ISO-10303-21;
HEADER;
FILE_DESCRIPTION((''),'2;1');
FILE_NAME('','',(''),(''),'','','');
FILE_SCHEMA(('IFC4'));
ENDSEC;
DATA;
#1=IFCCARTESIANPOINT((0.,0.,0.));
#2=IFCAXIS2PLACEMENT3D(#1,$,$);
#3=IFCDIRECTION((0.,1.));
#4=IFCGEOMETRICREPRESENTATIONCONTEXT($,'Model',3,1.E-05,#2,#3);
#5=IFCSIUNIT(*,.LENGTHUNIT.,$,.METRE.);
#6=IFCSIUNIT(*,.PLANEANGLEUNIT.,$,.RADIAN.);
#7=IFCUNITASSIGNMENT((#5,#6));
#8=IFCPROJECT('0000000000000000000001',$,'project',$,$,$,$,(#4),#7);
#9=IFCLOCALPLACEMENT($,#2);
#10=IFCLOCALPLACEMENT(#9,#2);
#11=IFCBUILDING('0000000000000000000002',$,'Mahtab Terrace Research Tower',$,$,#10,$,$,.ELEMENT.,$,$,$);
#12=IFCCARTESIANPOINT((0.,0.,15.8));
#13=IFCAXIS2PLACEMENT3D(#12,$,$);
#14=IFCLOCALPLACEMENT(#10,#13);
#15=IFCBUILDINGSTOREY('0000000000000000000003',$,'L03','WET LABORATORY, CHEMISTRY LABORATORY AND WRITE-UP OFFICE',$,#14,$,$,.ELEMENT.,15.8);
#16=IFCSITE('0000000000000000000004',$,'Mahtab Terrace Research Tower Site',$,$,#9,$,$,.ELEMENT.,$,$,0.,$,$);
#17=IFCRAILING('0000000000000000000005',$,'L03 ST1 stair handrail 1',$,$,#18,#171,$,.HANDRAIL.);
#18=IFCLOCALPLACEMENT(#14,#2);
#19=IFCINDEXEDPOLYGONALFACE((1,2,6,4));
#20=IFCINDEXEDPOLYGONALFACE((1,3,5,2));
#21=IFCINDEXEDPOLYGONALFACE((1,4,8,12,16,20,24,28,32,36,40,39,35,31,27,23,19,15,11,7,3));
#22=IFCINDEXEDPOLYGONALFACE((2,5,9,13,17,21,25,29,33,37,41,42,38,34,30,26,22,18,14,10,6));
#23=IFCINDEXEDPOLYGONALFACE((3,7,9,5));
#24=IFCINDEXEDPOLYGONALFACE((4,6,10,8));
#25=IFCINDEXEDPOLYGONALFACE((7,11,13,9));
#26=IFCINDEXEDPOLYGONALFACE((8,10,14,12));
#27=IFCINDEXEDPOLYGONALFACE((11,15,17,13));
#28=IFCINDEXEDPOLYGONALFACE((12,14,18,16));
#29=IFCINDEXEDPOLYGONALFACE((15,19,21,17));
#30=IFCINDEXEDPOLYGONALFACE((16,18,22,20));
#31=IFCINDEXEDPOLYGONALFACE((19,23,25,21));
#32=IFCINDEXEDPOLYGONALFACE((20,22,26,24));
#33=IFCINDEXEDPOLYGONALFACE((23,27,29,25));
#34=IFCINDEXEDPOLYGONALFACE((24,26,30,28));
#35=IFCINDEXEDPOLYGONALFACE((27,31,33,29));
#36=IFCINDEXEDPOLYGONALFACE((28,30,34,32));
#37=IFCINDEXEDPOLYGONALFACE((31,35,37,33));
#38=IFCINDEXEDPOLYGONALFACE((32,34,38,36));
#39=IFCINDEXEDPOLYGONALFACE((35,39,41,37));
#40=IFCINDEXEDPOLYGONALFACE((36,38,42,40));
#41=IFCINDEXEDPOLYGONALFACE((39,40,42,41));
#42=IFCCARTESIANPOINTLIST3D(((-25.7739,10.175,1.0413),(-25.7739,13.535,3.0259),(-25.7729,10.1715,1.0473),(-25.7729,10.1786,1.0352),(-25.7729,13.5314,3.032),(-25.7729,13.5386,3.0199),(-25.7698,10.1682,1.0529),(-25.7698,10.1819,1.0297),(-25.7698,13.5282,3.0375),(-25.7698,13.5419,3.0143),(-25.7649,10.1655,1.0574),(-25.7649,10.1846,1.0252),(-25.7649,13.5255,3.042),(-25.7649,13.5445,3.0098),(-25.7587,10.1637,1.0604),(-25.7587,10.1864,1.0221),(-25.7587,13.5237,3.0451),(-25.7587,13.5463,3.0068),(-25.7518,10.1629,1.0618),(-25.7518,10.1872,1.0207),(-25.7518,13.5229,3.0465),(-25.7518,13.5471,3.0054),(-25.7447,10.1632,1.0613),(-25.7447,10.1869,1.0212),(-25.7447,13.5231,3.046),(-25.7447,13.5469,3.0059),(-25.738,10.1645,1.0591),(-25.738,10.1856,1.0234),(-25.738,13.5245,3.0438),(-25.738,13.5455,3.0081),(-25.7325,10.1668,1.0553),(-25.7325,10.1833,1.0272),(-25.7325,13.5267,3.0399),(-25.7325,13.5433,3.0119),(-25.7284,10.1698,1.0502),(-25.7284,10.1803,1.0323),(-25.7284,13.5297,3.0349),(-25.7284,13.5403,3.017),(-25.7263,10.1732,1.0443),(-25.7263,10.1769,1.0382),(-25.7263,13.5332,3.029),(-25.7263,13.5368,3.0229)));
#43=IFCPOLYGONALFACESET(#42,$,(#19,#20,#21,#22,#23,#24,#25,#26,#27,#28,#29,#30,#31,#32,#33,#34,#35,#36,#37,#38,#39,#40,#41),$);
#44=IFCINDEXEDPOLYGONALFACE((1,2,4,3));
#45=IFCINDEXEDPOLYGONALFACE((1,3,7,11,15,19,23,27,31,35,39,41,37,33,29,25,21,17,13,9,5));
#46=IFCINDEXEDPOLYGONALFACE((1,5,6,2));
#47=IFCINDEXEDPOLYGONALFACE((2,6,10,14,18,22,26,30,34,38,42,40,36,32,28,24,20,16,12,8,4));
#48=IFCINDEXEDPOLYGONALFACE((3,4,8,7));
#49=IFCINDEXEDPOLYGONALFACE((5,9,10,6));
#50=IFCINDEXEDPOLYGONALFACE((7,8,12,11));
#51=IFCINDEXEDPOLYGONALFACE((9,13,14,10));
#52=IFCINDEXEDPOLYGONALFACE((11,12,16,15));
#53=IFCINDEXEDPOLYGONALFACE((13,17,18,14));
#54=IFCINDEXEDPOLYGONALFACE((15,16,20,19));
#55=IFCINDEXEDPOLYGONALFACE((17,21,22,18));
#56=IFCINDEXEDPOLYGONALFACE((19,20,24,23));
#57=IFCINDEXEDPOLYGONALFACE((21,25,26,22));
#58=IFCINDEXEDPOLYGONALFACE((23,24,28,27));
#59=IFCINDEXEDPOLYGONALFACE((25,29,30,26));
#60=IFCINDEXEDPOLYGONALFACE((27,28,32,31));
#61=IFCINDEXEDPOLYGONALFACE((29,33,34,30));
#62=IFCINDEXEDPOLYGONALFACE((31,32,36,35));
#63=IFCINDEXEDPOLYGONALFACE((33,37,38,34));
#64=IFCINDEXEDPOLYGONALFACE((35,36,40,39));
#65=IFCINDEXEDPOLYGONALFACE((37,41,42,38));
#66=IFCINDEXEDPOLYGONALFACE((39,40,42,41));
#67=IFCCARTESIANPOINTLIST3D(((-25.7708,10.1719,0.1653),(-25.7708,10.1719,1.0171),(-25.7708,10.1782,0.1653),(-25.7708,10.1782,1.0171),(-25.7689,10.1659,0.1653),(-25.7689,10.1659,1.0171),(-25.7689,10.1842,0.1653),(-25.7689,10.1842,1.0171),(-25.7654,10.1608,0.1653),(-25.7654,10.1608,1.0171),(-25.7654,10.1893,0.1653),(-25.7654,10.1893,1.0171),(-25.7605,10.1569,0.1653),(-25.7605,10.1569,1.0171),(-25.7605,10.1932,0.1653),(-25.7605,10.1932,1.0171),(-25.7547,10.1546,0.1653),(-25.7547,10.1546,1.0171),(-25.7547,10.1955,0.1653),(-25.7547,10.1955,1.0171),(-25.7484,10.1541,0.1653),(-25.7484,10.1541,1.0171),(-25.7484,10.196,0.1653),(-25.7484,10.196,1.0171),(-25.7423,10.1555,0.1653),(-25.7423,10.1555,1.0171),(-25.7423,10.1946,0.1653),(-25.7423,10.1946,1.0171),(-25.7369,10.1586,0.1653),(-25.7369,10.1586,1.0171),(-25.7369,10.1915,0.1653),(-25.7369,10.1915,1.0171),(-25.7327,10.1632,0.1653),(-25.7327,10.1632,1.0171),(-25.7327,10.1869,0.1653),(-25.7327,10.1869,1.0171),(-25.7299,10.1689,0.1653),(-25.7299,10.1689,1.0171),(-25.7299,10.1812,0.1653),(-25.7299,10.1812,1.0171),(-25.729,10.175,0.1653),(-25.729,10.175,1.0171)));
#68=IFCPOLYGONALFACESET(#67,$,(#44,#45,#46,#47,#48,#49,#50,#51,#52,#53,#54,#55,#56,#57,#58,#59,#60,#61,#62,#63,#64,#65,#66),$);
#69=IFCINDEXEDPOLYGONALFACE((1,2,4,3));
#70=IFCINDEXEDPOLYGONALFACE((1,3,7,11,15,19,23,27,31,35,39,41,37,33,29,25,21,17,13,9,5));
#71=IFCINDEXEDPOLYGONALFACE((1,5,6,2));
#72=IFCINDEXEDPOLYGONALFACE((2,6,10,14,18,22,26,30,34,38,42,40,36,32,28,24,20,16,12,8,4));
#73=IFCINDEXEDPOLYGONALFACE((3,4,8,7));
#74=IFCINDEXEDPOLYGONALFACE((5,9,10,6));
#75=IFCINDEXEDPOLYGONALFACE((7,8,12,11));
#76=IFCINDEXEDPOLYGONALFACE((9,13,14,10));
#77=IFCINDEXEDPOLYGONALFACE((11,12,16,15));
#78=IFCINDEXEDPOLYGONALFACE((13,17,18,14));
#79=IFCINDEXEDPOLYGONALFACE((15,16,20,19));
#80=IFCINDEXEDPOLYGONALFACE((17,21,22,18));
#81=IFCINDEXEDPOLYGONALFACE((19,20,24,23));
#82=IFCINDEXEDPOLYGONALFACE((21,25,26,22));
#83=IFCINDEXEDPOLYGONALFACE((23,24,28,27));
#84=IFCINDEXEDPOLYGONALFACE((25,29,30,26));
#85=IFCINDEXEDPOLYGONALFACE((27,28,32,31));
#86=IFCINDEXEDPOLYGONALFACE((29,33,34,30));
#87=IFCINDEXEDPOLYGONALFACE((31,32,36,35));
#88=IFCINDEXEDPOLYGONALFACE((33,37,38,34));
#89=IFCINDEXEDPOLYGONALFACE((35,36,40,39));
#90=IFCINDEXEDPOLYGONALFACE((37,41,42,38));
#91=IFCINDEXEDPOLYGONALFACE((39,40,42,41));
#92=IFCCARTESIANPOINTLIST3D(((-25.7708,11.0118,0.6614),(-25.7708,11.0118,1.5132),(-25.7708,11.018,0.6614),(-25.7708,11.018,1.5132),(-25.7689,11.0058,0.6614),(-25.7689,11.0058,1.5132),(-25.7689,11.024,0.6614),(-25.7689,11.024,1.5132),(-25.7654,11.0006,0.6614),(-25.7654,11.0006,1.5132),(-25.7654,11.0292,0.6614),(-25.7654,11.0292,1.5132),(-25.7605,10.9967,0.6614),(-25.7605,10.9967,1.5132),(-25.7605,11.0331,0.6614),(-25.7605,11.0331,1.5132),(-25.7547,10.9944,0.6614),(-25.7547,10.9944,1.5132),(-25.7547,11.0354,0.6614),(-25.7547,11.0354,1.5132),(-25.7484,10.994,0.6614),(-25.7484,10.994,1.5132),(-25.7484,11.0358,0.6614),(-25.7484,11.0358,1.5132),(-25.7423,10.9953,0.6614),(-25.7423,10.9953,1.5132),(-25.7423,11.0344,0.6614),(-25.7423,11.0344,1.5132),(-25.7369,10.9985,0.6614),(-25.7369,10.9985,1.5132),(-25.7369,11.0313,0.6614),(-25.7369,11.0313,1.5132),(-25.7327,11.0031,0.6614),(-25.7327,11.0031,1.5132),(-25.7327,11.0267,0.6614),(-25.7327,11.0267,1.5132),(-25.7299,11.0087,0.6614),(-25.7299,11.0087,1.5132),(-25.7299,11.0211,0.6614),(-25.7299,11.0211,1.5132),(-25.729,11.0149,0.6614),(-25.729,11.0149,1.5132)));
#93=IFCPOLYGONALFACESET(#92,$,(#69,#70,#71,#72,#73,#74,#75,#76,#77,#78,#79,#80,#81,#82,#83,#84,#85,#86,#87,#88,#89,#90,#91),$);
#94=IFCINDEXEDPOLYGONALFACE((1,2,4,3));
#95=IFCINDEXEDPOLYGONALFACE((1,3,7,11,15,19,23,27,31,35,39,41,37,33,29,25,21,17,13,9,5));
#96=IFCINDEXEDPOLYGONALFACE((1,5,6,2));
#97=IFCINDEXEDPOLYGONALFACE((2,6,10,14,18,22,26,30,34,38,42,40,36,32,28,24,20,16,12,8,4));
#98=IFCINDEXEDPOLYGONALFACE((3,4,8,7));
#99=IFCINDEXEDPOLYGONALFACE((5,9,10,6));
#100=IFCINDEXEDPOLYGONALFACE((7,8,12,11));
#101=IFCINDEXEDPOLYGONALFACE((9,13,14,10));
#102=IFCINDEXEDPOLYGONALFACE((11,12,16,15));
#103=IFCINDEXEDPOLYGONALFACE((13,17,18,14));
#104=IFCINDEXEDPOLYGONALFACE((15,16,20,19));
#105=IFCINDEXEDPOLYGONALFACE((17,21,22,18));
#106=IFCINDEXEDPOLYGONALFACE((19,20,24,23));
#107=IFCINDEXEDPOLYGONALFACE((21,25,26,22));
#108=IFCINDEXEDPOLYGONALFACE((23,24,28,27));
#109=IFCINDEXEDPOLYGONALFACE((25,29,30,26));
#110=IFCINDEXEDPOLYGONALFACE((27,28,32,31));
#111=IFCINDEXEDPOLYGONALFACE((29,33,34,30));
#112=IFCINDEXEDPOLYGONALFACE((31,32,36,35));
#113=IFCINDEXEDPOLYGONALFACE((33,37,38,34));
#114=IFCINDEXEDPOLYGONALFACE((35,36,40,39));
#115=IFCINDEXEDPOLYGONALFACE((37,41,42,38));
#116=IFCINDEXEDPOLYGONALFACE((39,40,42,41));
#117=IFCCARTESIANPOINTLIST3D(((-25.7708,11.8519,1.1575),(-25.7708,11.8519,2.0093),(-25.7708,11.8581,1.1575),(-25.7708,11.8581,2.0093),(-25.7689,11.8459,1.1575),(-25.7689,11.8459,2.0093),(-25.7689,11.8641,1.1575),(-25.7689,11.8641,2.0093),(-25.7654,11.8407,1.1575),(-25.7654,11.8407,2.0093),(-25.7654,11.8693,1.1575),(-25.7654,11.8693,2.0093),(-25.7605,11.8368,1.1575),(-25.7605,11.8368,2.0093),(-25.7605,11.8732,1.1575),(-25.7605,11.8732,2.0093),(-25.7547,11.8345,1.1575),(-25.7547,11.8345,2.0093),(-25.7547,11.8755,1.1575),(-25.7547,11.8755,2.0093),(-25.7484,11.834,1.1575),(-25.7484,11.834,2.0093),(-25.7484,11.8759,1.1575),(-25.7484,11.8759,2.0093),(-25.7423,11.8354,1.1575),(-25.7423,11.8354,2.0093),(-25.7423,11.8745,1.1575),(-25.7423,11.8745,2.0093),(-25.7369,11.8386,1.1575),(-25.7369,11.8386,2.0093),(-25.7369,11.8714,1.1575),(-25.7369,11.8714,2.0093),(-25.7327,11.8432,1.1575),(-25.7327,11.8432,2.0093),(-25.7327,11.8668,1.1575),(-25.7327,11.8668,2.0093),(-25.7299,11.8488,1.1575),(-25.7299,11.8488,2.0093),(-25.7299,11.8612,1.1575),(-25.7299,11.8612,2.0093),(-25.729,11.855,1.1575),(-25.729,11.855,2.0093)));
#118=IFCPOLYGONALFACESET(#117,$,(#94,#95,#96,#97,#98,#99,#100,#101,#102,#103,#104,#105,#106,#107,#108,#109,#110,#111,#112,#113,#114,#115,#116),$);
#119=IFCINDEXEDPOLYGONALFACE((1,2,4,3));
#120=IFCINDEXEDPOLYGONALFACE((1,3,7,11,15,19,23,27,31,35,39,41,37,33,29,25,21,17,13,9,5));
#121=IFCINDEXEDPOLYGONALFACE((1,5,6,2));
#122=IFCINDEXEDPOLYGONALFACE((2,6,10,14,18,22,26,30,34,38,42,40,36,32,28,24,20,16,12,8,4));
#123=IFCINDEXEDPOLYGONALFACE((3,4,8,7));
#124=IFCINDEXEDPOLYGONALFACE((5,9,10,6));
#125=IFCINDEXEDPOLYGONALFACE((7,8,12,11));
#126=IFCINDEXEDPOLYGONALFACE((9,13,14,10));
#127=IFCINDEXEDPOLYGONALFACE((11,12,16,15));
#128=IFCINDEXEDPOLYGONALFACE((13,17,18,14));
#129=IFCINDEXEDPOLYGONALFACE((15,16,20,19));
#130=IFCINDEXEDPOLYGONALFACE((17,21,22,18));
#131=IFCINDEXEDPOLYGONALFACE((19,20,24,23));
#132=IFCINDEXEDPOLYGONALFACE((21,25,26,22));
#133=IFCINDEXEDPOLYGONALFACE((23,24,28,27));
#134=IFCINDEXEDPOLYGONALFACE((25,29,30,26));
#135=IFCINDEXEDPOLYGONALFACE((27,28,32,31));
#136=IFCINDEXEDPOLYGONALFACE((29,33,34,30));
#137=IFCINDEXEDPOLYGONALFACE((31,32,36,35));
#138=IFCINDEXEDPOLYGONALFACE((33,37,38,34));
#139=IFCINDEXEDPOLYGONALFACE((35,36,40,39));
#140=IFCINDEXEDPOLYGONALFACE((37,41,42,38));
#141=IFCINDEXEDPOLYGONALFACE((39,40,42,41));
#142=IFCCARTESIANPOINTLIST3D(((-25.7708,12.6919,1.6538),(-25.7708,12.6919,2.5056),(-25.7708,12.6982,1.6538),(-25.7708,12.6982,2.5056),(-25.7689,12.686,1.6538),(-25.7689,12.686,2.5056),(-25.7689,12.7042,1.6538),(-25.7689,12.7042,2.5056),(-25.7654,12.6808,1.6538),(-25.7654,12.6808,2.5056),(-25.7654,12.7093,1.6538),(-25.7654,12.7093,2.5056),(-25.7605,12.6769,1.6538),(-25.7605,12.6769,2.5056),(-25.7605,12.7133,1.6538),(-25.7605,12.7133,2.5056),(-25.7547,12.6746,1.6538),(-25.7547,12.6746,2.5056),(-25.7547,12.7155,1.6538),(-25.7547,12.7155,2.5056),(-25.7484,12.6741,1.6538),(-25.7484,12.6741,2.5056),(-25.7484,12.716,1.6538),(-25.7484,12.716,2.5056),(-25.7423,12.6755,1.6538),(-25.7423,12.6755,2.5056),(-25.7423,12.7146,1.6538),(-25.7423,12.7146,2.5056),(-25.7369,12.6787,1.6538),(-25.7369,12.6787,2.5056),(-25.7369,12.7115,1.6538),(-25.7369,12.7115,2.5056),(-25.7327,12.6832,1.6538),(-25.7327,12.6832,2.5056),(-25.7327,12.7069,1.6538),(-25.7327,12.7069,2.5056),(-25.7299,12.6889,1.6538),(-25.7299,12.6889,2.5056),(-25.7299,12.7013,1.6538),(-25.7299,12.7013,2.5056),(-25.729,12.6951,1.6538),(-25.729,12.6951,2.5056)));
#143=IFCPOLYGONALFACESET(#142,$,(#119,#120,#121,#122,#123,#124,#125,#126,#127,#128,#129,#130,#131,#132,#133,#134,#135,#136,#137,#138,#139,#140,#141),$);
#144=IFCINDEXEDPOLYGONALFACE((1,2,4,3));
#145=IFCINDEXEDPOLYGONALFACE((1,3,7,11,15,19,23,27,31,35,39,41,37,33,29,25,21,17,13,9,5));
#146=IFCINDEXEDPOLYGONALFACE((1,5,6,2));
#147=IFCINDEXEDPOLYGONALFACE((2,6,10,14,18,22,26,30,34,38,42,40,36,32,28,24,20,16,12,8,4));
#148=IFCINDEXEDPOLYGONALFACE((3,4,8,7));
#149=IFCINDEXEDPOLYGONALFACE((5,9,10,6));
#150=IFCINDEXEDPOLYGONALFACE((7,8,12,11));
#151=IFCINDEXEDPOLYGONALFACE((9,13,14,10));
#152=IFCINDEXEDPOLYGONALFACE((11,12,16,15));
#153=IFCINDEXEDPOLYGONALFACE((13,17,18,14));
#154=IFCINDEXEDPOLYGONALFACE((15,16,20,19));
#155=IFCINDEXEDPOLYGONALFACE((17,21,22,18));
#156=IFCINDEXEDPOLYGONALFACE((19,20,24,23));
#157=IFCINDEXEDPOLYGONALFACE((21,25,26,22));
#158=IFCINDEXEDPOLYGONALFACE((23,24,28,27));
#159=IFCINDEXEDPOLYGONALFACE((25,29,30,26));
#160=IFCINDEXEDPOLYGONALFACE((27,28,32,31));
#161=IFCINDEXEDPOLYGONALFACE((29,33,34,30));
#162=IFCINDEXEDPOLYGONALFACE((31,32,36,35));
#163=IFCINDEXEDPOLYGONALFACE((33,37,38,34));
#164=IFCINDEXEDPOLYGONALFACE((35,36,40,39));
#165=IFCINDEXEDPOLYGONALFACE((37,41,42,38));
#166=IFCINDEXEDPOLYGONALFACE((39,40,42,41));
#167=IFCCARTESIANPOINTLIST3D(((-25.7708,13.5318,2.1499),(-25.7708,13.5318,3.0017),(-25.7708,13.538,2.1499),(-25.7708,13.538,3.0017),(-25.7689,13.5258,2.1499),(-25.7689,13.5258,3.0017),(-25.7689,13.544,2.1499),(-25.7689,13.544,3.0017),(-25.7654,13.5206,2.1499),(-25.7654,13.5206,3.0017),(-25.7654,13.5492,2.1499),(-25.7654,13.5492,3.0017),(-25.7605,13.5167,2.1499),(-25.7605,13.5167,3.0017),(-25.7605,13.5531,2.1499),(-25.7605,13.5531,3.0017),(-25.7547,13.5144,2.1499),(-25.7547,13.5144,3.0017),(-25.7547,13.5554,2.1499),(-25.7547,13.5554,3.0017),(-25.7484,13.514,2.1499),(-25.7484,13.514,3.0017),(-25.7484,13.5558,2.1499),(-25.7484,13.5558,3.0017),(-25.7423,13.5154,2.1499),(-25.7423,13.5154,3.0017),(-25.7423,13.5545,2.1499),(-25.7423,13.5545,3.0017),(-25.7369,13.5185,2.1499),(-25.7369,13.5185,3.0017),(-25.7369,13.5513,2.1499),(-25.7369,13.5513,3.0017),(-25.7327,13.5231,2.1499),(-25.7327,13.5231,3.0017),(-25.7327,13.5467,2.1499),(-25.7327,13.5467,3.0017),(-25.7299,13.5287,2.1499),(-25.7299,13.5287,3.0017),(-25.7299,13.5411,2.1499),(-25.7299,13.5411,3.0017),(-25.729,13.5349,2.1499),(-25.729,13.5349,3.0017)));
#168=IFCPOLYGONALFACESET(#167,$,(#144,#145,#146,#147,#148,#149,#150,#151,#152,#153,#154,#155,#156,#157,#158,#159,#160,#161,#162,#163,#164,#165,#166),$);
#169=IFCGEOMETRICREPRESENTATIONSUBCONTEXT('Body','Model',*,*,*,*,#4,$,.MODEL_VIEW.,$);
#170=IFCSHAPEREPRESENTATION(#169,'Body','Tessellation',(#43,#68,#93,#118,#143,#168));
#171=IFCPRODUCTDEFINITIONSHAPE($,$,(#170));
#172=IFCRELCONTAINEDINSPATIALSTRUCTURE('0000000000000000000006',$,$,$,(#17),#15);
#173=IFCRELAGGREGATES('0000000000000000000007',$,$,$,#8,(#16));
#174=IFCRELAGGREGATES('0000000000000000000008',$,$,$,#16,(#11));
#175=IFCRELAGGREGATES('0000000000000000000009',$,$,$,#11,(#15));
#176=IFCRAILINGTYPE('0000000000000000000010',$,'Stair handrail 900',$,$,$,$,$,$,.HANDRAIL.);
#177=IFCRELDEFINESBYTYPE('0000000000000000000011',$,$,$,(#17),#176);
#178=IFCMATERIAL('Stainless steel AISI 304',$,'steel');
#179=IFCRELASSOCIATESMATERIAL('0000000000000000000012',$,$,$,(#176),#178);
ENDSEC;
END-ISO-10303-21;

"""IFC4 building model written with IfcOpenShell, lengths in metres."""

from ifc_helpers import new_model, si_unit, direction, frame, origin, origin_2d, place, context, subcontext, project, spatial, circle, extrude, material, type_object, element, save


model = new_model("IFC4")

# Units and contexts
model_context = context("Model", 3, precision=1e-05, world=origin(), true_north=direction((0.0, 1.0)))
body_context = subcontext(model_context, "Body", "Model", "MODEL_VIEW")
ifc_project = project(units=[si_unit("LENGTHUNIT", "METRE"), si_unit("PLANEANGLEUNIT", "RADIAN")], contexts=[model_context])

# Site, building, storey
site_placement = place(None, origin())
site = spatial("IfcSite", under=ifc_project, at=site_placement, Name="Mahtab Terrace Research Tower Site", CompositionType="ELEMENT", RefElevation=0.0)
building_placement = place(site_placement, origin())
building = spatial("IfcBuilding", under=site, at=building_placement, Name="Mahtab Terrace Research Tower", CompositionType="ELEMENT")
storey_placement = place(building_placement, frame((0.0, 0.0, 15.8)))
storey = spatial("IfcBuildingStorey", under=building, at=storey_placement, Name="L03", Description="WET LABORATORY, CHEMISTRY LABORATORY AND WRITE-UP OFFICE", CompositionType="ELEMENT", Elevation=15.8)

# Railing
ifc_material_1 = material(Name="Stainless steel AISI 304", Category="steel")
railing_type_1 = type_object("IfcRailingType", Name="Stair handrail 900", PredefinedType="HANDRAIL", material=ifc_material_1)
railing_1_placement = place(storey_placement, frame((-25.75, 10.175, 0.1653)))
element("IfcRailing", 1, at=railing_1_placement, inside=storey, type_object=railing_type_1, Name="L03 ST1 stair handrail 1", PredefinedType="HANDRAIL", context=body_context, shape_type="SweptSolid", body=[
    extrude(circle(Radius=0.0239, at=origin_2d()), frame((0.0, 0.0, 0.876), z_axis=(0.0, 0.861011, 0.508586), x_axis=(-1.0, 0.0, 0.0)), (0.0, 0.0, 1.0), 3.9023),
    extrude(circle(Radius=0.021, at=origin_2d()), origin(), (0.0, 0.0, 1.0), 0.8518),
    extrude(circle(Radius=0.021, at=origin_2d()), frame((0.0, 0.8398, 0.4961)), (0.0, 0.0, 1.0), 0.8518),
    extrude(circle(Radius=0.021, at=origin_2d()), frame((0.0, 1.6799, 0.9922)), (0.0, 0.0, 1.0), 0.8518),
    extrude(circle(Radius=0.021, at=origin_2d()), frame((0.0, 2.52, 1.4885)), (0.0, 0.0, 1.0), 0.8518),
    extrude(circle(Radius=0.021, at=origin_2d()), frame((0.0, 3.3599, 1.9846)), (0.0, 0.0, 1.0), 0.8518),
])

save(model, "model.ifc")
